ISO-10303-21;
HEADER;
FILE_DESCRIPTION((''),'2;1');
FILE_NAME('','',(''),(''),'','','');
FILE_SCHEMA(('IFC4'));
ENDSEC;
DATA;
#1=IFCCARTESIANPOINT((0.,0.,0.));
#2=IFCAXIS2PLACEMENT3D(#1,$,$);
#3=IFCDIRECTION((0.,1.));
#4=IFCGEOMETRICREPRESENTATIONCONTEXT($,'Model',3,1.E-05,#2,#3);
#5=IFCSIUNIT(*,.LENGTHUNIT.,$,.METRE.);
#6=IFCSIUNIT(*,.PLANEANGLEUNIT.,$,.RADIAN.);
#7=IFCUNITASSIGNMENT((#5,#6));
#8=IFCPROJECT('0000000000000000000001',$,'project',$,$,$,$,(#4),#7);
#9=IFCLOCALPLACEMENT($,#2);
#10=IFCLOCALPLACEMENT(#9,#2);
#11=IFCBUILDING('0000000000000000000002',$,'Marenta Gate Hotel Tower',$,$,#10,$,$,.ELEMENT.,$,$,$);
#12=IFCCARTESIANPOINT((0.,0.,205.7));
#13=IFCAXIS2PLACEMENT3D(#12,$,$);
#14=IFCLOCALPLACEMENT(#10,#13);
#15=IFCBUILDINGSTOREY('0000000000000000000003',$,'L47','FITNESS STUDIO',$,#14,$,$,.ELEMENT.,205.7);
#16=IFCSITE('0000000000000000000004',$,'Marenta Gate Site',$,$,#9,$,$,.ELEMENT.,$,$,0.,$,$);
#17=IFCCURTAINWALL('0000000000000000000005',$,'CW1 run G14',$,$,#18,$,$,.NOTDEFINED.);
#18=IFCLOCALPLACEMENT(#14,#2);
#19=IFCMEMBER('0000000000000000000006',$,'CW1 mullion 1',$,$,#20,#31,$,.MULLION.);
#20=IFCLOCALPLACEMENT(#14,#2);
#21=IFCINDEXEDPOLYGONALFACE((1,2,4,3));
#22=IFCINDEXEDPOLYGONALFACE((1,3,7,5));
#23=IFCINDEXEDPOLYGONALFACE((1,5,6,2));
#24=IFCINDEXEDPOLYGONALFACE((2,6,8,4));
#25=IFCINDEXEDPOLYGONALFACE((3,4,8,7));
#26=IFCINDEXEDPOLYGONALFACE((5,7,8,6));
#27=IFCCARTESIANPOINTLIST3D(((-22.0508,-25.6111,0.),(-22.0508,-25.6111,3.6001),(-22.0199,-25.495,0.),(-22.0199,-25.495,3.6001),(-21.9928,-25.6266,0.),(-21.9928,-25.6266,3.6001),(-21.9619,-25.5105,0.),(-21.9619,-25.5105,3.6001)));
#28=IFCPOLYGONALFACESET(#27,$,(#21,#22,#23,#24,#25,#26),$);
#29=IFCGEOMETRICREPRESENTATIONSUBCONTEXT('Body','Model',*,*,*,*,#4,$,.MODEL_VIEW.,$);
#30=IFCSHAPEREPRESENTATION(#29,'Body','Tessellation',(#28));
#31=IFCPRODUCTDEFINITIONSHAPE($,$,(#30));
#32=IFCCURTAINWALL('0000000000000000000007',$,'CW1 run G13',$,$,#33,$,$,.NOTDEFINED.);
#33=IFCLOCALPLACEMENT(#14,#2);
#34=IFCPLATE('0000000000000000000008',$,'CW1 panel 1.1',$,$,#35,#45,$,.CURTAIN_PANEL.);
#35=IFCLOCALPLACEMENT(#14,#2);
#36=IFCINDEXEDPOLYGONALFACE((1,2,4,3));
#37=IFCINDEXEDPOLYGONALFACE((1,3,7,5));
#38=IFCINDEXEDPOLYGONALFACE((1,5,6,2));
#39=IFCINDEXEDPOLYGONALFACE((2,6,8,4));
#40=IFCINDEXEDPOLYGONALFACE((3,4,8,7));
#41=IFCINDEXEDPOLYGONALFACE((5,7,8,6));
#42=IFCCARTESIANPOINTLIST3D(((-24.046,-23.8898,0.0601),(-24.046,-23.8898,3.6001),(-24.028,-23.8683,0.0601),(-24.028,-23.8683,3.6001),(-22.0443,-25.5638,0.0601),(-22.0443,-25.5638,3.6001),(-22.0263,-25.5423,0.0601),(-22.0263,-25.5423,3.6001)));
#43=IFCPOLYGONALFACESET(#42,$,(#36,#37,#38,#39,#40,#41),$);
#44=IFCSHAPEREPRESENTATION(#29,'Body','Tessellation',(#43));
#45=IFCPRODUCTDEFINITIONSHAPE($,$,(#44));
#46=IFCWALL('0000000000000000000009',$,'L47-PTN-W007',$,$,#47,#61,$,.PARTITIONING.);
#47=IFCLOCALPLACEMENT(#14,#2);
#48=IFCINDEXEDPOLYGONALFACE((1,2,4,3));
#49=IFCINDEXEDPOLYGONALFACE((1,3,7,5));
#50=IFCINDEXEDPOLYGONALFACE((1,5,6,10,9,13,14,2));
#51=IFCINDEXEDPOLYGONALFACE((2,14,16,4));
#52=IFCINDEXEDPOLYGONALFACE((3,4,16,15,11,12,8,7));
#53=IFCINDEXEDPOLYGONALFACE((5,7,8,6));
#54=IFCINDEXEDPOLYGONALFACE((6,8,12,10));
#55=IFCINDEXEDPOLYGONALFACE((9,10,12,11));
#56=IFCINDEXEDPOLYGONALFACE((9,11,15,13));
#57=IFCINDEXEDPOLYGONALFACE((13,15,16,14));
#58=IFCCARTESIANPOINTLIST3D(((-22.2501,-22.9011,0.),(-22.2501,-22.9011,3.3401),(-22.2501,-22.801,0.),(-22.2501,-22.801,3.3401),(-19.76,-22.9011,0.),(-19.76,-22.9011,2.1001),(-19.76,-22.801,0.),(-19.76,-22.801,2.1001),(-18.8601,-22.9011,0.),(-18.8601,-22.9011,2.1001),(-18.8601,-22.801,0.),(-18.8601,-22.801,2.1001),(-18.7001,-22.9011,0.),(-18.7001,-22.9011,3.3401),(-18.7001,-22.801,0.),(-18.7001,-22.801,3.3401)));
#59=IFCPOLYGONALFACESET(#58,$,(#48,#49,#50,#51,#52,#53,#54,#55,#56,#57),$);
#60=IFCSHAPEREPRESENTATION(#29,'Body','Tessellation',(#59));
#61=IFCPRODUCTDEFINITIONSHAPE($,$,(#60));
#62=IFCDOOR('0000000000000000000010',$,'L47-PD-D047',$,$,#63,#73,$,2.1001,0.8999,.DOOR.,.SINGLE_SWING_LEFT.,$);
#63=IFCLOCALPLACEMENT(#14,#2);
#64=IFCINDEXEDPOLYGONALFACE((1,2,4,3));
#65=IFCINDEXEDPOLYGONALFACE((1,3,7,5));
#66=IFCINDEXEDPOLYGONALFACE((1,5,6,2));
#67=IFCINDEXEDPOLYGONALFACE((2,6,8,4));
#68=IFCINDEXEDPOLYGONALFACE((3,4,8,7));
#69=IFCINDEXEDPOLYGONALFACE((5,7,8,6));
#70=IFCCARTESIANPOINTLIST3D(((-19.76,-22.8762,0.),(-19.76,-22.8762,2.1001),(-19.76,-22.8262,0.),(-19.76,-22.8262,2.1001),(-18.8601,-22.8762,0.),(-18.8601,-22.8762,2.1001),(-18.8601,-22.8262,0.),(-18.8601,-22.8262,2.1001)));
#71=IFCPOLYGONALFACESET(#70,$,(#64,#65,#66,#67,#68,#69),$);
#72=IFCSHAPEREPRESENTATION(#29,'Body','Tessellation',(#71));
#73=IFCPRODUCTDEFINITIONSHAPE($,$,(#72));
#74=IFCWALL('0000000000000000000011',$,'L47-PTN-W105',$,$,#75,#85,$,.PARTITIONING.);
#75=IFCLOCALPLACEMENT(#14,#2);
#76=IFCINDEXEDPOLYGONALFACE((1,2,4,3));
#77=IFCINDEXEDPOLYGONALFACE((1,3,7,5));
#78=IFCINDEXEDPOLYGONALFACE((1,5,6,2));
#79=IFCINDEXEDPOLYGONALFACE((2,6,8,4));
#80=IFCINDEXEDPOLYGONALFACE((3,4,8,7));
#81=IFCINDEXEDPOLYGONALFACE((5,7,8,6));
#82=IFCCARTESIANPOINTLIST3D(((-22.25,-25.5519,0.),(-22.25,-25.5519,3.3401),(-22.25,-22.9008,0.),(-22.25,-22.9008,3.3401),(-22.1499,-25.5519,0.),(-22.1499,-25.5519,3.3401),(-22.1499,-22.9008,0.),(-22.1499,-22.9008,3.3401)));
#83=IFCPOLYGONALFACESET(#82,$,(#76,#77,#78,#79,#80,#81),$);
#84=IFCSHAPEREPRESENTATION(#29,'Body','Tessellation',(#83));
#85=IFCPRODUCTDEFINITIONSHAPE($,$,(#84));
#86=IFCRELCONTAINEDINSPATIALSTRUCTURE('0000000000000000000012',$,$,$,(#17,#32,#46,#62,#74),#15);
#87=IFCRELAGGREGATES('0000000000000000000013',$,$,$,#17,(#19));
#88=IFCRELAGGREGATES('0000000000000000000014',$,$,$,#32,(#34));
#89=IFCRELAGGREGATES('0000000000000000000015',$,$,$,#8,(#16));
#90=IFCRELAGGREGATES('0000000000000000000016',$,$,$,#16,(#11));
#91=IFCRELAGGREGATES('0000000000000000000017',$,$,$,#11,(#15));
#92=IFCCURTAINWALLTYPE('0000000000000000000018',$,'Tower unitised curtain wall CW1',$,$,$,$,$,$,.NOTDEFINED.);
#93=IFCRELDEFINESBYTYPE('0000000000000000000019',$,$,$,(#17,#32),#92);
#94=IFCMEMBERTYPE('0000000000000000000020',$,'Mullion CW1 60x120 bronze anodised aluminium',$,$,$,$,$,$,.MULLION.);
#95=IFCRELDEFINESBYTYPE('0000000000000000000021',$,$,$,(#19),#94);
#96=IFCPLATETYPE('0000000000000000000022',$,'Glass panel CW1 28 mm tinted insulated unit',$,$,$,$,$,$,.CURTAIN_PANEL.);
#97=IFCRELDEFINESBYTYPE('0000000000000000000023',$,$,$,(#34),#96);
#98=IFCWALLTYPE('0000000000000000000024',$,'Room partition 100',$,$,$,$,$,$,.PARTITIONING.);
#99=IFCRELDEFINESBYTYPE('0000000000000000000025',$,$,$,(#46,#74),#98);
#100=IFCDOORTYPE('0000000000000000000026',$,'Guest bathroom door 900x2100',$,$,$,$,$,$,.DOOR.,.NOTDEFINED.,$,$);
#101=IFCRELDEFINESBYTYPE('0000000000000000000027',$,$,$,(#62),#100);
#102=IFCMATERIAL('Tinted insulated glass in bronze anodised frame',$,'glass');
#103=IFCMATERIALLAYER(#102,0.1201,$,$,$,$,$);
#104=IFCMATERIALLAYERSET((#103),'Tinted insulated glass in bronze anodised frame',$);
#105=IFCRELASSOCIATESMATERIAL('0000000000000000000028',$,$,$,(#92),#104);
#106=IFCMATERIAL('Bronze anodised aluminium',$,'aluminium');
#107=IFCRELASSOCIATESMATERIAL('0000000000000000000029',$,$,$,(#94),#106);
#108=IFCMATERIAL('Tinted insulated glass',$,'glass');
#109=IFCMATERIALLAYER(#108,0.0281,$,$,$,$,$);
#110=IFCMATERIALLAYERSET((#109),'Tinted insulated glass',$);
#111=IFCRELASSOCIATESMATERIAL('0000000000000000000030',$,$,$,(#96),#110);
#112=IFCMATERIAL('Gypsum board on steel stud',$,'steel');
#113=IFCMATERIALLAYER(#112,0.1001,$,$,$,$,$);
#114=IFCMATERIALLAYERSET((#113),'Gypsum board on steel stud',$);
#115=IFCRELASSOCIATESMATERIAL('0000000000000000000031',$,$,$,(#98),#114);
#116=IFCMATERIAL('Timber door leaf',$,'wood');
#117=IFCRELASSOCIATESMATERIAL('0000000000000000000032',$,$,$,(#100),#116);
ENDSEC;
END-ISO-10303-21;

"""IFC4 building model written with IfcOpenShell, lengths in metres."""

from ifc_helpers import new_model, si_unit, direction, frame, frame_2d, origin, origin_2d, place, context, subcontext, project, spatial, rectangle, extrude, material, layer, layer_set, material_profile, profile_set, type_object, element, fill, aggregate, save


model = new_model("IFC4")

# Units and contexts
model_context = context("Model", 3, precision=1e-05, world=origin(), true_north=direction((0.0, 1.0)))
body_context = subcontext(model_context, "Body", "Model", "MODEL_VIEW")
ifc_project = project(units=[si_unit("LENGTHUNIT", "METRE"), si_unit("PLANEANGLEUNIT", "RADIAN")], contexts=[model_context])

# Site, building, storey
site_placement = place(None, origin())
site = spatial("IfcSite", under=ifc_project, at=site_placement, Name="Marenta Gate Site", CompositionType="ELEMENT", RefElevation=0.0)
building_placement = place(site_placement, origin())
building = spatial("IfcBuilding", under=site, at=building_placement, Name="Marenta Gate Hotel Tower", CompositionType="ELEMENT")
storey_placement = place(building_placement, frame((0.0, 0.0, 205.7)))
storey = spatial("IfcBuildingStorey", under=building, at=storey_placement, Name="L47", Description="FITNESS STUDIO", CompositionType="ELEMENT", Elevation=205.7)

# Curtain wall, member
ifc_material_1 = material(Name="Tinted insulated glass in bronze anodised frame", Category="glass")
ifc_layer_1 = layer(ifc_material_1, 0.1201)
ifc_layer_set_1 = layer_set([ifc_layer_1], Name="Tinted insulated glass in bronze anodised frame")
curtain_wall_type = type_object("IfcCurtainWallType", Name="Tower unitised curtain wall CW1", PredefinedType="NOTDEFINED", material=ifc_layer_set_1)
curtain_wall_1_placement = place(storey_placement, origin())
curtain_wall_1 = element("IfcCurtainWall", 1, at=curtain_wall_1_placement, inside=storey, type_object=curtain_wall_type, Name="CW1 run G14", PredefinedType="NOTDEFINED")
ifc_material_2 = material(Name="Bronze anodised aluminium", Category="aluminium")
ifc_material_profile_1 = material_profile(ifc_material_2, rectangle(XDim=0.1201, YDim=0.0601, at=origin_2d()), Name="Mullion CW1 60x120 bronze anodised aluminium")
ifc_profile_set_1 = profile_set([ifc_material_profile_1], Name="Bronze anodised aluminium")
member_type_1 = type_object("IfcMemberType", Name="Mullion CW1 60x120 bronze anodised aluminium", PredefinedType="MULLION", material=ifc_profile_set_1)
member_placement = place(storey_placement, frame((-22.0063, -25.5608, 0.0), z_axis=(0.0, 0.0, 1.0), x_axis=(0.257136, 0.966375, 0.0)))
member = element("IfcMember", 2, at=member_placement, type_object=member_type_1, Name="CW1 mullion 1", PredefinedType="MULLION", context=body_context, shape_type="SweptSolid", body=[
    extrude(rectangle(XDim=0.1201, YDim=0.0601, at=origin_2d()), origin(), (0.0, 0.0, 1.0), 3.6001),
])
aggregate(curtain_wall_1, [member])

# Curtain wall, plate
curtain_wall_2_placement = place(storey_placement, origin())
curtain_wall_2 = element("IfcCurtainWall", 3, at=curtain_wall_2_placement, inside=storey, type_object=curtain_wall_type, Name="CW1 run G13", PredefinedType="NOTDEFINED")
ifc_material_3 = material(Name="Tinted insulated glass", Category="glass")
ifc_layer_2 = layer(ifc_material_3, 0.0281)
ifc_layer_set_2 = layer_set([ifc_layer_2], Name="Tinted insulated glass")
plate_type = type_object("IfcPlateType", Name="Glass panel CW1 28 mm tinted insulated unit", PredefinedType="CURTAIN_PANEL", material=ifc_layer_set_2)
plate_placement = place(storey_placement, frame((-23.0361, -24.7161, 0.0601), z_axis=(0.0, 0.0, 1.0), x_axis=(0.767102, -0.641525, 0.0)))
plate = element("IfcPlate", 4, at=plate_placement, type_object=plate_type, Name="CW1 panel 1.1", PredefinedType="CURTAIN_PANEL", context=body_context, shape_type="SweptSolid", body=[
    extrude(rectangle(XDim=2.6094, YDim=0.0281, at=origin_2d()), origin(), (0.0, 0.0, 1.0), 3.54),
])
aggregate(curtain_wall_2, [plate])

# Wall, opening, door
ifc_material_4 = material(Name="Gypsum board on steel stud", Category="steel")
ifc_layer_3 = layer(ifc_material_4, 0.1001)
ifc_layer_set_3 = layer_set([ifc_layer_3], Name="Gypsum board on steel stud")
wall_type = type_object("IfcWallType", Name="Room partition 100", PredefinedType="PARTITIONING", material=ifc_layer_set_3)
wall_1_placement = place(storey_placement, frame((-22.25, -22.8511, 0.0), z_axis=(0.0, 0.0, 1.0), x_axis=(1.0, 0.0, 0.0)))
wall_1 = element("IfcWall", 5, at=wall_1_placement, inside=storey, type_object=wall_type, Name="L47-PTN-W007", PredefinedType="PARTITIONING", context=body_context, shape_type="SweptSolid", body=[
    extrude(rectangle(XDim=3.55, YDim=0.1001, at=frame_2d((1.7749, 0.0))), origin(), (0.0, 0.0, 1.0), 3.3401),
])
opening_placement = place(wall_1_placement, frame((2.49, 0.0, 0.0)))
opening = element("IfcOpeningElement", 6, at=opening_placement, cuts=wall_1, PredefinedType="OPENING", context=body_context, shape_type="SweptSolid", body=[
    extrude(rectangle(XDim=0.8999, YDim=2.1001, at=frame_2d((0.45, 1.05))), frame((0.0, 0.05, 0.0), z_axis=(0.0, -1.0, 0.0), x_axis=(1.0, 0.0, 0.0)), (0.0, 0.0, 1.0), 0.1001),
])
ifc_material_5 = material(Name="Timber door leaf", Category="wood")
door_type = type_object("IfcDoorType", Name="Guest bathroom door 900x2100", OperationType="NOTDEFINED", PredefinedType="DOOR", material=ifc_material_5)
door_placement = place(opening_placement, origin())
door = element("IfcDoor", 7, at=door_placement, inside=storey, type_object=door_type, Name="L47-PD-D047", OperationType="SINGLE_SWING_LEFT", OverallHeight=2.1001, OverallWidth=0.8999, PredefinedType="DOOR", context=body_context, shape_type="SweptSolid", body=[
    extrude(rectangle(XDim=0.8999, YDim=2.1001, at=frame_2d((0.45, 1.05))), frame((0.0, 0.0249, 0.0), z_axis=(0.0, -1.0, 0.0), x_axis=(1.0, 0.0, 0.0)), (0.0, 0.0, 1.0), 0.05),
])
fill(opening, door)

# Wall
wall_2_placement = place(storey_placement, frame((-22.2, -25.552, 0.0), z_axis=(0.0, 0.0, 1.0), x_axis=(0.0, 1.0, 0.0)))
element("IfcWall", 8, at=wall_2_placement, inside=storey, type_object=wall_type, Name="L47-PTN-W105", PredefinedType="PARTITIONING", context=body_context, shape_type="SweptSolid", body=[
    extrude(rectangle(XDim=2.6511, YDim=0.1001, at=frame_2d((1.3257, 0.0))), origin(), (0.0, 0.0, 1.0), 3.3401),
])

save(model, "model.ifc")
